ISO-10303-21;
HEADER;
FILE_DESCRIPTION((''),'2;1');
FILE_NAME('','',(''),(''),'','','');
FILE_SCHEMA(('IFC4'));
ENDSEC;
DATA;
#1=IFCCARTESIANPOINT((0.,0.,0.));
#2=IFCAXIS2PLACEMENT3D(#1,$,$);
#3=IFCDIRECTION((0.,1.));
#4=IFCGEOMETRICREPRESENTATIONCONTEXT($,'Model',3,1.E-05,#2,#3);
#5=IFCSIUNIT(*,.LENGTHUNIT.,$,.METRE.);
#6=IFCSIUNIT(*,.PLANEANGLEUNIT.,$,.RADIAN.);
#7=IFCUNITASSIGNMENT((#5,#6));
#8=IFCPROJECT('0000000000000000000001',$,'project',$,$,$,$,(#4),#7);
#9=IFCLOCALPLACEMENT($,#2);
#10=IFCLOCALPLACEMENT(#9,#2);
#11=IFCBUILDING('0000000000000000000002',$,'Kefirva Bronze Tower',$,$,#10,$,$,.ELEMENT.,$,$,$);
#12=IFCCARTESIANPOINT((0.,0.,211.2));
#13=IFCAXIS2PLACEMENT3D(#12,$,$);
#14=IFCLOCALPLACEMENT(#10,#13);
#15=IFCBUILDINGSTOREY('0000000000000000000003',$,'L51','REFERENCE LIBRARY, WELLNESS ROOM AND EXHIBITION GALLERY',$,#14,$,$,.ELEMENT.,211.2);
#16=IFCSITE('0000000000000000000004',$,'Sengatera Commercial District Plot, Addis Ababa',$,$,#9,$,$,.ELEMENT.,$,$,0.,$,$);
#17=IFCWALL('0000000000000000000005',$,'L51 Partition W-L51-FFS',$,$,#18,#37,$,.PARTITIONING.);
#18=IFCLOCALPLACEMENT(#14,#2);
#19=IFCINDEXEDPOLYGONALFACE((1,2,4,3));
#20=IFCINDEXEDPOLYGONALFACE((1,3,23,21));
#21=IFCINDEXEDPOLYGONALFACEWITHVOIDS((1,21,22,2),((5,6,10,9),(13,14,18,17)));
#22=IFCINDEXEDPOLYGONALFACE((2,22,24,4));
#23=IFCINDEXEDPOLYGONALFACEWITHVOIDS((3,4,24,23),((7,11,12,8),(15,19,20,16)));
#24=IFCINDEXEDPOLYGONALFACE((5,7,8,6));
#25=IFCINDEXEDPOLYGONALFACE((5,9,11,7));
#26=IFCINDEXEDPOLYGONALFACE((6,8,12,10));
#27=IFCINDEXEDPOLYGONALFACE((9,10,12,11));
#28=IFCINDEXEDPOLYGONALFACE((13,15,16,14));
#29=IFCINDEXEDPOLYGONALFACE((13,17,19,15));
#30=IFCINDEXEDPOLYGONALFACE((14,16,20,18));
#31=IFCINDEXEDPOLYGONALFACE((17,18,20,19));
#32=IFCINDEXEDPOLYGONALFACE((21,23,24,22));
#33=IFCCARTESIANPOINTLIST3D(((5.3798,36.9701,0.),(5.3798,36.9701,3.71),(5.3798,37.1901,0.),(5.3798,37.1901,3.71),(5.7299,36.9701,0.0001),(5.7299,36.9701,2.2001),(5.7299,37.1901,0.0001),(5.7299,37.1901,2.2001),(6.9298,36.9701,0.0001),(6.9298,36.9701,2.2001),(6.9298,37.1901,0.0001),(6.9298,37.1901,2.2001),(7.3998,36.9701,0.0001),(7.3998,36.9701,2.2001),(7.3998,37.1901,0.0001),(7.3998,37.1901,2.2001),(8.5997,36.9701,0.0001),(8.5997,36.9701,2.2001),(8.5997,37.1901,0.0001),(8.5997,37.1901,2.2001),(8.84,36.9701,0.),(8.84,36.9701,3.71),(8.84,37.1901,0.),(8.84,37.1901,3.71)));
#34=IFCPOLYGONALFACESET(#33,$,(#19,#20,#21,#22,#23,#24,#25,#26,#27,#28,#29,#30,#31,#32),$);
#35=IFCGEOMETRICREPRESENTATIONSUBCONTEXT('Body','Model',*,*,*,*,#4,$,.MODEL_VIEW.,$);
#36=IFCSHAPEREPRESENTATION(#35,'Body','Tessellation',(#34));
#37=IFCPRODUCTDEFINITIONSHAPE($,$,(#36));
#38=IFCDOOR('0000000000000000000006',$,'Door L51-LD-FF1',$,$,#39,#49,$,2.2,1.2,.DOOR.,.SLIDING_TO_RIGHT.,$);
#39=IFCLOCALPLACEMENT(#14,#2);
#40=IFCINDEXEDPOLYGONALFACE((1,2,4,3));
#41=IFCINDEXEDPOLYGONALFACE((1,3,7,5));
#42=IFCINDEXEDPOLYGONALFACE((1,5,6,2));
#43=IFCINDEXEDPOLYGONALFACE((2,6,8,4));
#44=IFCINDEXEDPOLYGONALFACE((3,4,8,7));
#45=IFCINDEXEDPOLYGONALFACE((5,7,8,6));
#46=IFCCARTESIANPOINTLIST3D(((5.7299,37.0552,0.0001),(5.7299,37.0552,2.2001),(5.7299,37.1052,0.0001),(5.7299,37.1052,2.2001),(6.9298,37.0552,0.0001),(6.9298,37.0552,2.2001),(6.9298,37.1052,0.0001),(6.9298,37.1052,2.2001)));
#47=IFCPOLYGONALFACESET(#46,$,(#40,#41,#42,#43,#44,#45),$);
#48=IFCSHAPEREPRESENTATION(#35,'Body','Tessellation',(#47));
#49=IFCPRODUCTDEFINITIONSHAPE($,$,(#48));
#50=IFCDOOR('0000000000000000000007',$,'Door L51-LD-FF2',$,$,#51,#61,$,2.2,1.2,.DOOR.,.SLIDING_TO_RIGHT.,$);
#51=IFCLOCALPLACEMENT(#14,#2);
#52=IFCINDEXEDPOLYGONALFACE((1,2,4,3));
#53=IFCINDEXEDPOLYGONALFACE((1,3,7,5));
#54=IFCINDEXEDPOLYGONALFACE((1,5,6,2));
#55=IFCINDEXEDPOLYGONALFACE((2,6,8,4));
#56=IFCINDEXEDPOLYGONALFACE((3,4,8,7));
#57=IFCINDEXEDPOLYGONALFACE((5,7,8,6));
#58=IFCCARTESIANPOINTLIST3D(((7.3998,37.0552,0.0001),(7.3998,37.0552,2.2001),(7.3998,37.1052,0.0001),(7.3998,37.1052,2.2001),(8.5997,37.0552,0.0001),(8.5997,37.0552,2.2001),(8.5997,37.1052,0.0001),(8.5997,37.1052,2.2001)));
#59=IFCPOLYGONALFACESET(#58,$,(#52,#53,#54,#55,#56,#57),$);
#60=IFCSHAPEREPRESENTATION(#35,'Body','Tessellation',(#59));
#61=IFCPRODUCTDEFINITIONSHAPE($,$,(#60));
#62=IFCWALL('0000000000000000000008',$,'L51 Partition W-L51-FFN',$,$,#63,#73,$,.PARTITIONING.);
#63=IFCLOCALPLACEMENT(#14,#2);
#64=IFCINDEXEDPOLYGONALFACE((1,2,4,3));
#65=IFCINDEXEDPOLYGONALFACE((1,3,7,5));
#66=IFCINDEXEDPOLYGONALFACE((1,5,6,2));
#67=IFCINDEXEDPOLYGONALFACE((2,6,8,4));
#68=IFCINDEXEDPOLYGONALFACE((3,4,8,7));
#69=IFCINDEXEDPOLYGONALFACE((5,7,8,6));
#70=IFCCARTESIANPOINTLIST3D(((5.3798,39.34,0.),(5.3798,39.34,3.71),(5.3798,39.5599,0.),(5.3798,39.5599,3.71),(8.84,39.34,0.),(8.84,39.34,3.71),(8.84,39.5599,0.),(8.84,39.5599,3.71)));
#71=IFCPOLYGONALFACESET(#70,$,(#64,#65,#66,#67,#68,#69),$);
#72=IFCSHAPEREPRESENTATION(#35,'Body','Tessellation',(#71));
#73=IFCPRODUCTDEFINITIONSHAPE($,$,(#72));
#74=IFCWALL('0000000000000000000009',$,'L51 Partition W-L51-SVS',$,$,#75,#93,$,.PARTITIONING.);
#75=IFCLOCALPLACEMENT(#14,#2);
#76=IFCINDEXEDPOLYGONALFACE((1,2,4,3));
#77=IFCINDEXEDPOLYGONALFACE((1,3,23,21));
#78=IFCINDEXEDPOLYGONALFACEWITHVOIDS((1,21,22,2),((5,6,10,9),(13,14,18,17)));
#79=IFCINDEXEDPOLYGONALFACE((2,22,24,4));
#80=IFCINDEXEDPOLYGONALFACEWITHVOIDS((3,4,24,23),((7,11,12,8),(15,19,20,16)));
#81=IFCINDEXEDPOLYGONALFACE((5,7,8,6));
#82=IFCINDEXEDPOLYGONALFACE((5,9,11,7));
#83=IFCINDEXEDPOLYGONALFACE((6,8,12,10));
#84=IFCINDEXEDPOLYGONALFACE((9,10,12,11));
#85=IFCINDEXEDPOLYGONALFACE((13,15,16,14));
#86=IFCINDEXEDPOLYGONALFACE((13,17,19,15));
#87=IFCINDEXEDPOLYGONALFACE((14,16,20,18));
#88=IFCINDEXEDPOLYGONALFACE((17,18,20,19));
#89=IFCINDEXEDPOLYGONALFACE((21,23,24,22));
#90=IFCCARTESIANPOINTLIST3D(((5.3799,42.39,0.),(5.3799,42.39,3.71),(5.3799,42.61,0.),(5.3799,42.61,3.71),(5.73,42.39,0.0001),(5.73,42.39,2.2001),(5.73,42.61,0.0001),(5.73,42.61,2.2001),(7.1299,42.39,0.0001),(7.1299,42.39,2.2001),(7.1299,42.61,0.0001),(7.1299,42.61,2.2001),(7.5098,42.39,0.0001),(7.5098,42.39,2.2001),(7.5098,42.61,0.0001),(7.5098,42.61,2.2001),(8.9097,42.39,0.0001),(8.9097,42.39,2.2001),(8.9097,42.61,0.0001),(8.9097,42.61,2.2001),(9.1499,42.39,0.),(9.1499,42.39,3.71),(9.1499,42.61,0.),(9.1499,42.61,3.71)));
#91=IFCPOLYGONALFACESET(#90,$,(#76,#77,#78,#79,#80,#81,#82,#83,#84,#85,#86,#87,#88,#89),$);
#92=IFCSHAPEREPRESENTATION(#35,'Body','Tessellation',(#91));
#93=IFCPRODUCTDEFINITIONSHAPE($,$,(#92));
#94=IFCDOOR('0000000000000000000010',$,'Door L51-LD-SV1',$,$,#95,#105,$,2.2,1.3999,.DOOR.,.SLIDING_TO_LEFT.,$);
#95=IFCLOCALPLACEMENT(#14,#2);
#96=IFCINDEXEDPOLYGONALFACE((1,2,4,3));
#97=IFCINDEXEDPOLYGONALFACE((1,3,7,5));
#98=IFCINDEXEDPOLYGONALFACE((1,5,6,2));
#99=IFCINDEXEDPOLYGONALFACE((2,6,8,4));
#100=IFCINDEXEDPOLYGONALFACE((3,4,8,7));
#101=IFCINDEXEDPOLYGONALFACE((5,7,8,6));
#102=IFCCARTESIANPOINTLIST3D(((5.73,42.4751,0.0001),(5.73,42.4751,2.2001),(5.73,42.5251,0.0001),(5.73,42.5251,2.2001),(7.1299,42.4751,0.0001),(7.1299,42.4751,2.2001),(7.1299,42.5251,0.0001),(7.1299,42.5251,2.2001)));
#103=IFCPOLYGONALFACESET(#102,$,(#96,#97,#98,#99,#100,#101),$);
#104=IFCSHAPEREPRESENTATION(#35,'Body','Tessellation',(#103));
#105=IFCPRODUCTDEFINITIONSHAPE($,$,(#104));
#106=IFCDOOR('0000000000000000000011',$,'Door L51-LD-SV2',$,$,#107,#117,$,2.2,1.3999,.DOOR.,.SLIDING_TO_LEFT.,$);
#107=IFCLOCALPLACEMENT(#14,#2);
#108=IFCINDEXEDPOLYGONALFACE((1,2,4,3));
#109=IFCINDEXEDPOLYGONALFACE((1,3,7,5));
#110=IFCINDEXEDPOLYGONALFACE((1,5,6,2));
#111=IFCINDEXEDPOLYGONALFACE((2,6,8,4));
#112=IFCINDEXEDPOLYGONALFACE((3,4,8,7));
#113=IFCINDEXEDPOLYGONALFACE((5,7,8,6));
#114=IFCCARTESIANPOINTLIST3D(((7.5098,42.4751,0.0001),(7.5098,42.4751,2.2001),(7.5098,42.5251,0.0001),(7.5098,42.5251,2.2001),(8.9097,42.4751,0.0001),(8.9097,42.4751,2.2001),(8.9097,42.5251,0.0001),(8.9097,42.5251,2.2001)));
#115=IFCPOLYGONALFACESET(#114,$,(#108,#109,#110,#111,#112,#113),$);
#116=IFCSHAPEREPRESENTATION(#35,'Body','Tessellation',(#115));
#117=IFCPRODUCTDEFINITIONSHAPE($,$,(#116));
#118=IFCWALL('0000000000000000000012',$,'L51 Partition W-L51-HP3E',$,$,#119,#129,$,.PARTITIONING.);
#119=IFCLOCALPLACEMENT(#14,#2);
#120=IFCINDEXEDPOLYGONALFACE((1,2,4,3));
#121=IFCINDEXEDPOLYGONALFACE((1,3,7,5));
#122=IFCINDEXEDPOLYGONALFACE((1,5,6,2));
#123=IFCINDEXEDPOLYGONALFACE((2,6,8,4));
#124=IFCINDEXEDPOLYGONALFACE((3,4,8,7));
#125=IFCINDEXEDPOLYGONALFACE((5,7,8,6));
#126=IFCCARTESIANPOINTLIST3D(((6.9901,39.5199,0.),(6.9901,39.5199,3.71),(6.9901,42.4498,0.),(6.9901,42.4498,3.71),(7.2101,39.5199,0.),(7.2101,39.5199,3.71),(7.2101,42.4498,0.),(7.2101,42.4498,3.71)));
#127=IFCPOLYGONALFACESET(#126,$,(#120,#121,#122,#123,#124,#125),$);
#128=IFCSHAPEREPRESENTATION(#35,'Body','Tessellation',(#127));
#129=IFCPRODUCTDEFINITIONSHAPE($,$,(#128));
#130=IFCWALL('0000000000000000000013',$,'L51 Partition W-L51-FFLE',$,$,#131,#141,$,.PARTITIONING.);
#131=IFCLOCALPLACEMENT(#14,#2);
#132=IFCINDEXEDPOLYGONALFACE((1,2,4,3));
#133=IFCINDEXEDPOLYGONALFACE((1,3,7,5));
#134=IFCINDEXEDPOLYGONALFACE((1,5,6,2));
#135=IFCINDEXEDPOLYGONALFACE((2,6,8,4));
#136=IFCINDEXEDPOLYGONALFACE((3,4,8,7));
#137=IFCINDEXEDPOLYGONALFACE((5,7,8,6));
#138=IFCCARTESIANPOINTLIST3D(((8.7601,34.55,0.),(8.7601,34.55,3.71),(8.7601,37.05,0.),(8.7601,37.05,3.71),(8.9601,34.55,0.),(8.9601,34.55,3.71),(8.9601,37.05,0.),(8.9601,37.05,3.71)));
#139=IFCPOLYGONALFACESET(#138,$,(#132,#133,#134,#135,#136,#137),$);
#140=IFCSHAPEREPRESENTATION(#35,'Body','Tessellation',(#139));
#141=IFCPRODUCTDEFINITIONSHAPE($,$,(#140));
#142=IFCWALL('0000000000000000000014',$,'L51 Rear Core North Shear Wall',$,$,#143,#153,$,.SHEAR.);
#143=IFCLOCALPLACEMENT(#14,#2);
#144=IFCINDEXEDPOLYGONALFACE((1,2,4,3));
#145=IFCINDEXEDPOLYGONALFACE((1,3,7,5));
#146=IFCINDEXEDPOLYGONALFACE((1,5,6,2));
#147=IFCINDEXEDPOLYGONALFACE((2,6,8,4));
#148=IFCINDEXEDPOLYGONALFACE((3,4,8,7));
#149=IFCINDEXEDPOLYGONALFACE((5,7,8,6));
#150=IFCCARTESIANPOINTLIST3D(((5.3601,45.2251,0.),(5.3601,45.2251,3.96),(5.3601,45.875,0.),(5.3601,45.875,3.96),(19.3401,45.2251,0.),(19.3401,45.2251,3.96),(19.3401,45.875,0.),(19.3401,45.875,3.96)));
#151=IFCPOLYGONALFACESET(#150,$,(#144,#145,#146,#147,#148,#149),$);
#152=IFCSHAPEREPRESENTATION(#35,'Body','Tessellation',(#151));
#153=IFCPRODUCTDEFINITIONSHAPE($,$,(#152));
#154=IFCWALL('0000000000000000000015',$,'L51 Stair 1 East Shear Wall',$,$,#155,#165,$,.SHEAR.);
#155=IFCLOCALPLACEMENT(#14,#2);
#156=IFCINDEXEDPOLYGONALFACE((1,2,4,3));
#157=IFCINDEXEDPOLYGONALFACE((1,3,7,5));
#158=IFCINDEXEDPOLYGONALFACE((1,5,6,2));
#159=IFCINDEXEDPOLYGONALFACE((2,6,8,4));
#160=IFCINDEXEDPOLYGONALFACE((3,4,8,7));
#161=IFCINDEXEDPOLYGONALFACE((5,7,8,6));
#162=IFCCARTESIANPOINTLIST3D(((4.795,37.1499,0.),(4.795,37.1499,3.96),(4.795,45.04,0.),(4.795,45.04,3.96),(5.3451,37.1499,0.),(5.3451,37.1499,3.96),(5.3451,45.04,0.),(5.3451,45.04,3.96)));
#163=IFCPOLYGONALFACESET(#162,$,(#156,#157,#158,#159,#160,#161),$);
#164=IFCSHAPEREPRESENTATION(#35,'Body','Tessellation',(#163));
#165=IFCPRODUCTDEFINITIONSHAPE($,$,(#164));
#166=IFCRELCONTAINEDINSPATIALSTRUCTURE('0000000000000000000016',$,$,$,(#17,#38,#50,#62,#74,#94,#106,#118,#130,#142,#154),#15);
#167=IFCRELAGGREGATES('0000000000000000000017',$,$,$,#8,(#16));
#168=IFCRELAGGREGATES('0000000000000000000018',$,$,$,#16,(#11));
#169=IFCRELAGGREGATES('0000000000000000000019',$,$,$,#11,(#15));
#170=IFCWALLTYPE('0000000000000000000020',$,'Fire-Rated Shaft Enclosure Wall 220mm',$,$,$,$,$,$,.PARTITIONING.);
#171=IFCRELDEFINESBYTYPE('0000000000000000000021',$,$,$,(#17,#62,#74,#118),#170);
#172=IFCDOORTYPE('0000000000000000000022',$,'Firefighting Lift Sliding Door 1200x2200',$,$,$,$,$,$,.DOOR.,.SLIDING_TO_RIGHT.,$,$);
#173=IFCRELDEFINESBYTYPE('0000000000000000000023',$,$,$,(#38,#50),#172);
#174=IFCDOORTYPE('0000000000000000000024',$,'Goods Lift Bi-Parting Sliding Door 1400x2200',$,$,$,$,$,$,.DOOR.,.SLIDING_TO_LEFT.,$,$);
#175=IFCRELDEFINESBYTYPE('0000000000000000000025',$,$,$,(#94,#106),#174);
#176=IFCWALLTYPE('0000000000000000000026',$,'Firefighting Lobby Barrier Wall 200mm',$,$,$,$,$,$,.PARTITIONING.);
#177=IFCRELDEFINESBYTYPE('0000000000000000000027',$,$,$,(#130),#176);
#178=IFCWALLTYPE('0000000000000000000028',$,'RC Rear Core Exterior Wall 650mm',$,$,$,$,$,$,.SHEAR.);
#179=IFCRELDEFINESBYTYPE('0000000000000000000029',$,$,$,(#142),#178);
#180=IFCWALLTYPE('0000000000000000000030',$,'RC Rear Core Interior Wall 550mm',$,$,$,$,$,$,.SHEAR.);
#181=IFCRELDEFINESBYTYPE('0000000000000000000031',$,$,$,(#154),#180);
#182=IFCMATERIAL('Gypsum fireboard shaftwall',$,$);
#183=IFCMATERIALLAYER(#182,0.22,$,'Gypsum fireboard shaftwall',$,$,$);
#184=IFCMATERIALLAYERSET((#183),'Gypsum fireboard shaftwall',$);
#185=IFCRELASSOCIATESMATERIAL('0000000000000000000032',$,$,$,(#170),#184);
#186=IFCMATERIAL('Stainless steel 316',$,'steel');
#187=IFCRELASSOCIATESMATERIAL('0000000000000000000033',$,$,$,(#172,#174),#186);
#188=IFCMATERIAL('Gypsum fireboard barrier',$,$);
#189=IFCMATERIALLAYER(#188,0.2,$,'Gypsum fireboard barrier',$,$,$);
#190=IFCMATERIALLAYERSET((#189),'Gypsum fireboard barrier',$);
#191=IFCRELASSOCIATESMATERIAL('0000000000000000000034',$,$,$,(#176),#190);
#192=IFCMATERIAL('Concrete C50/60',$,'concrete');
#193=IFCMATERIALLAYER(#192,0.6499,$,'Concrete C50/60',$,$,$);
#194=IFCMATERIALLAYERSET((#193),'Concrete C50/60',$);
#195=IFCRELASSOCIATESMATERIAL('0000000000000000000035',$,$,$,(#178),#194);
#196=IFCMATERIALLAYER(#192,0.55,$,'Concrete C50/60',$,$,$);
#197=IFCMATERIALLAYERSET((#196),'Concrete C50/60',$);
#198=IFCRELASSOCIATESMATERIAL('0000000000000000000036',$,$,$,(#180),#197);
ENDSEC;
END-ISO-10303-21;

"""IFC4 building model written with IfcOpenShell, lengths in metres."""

from ifc_helpers import new_model, si_unit, direction, frame, frame_2d, origin, place, context, subcontext, project, spatial, rectangle, extrude, material, layer, layer_set, type_object, element, fill, save


model = new_model("IFC4")

# Units and contexts
model_context = context("Model", 3, precision=1e-05, world=origin(), true_north=direction((0.0, 1.0)))
body_context = subcontext(model_context, "Body", "Model", "MODEL_VIEW")
ifc_project = project(units=[si_unit("LENGTHUNIT", "METRE"), si_unit("PLANEANGLEUNIT", "RADIAN")], contexts=[model_context])

# Site, building, storey
site_placement = place(None, origin())
site = spatial("IfcSite", under=ifc_project, at=site_placement, Name="Sengatera Commercial District Plot, Addis Ababa", CompositionType="ELEMENT", RefElevation=0.0)
building_placement = place(site_placement, origin())
building = spatial("IfcBuilding", under=site, at=building_placement, Name="Kefirva Bronze Tower", CompositionType="ELEMENT")
storey_placement = place(building_placement, frame((0.0, 0.0, 211.2)))
storey = spatial("IfcBuildingStorey", under=building, at=storey_placement, Name="L51", Description="REFERENCE LIBRARY, WELLNESS ROOM AND EXHIBITION GALLERY", CompositionType="ELEMENT", Elevation=211.2)

# Wall, openings, doors
ifc_material_1 = material(Name="Gypsum fireboard shaftwall")
ifc_layer_1 = layer(ifc_material_1, 0.22, Name="Gypsum fireboard shaftwall")
ifc_layer_set_1 = layer_set([ifc_layer_1], Name="Gypsum fireboard shaftwall")
wall_type_1 = type_object("IfcWallType", Name="Fire-Rated Shaft Enclosure Wall 220mm", PredefinedType="PARTITIONING", material=ifc_layer_set_1)
wall_1_placement = place(storey_placement, frame((5.3799, 37.0801, 0.0), z_axis=(0.0, 0.0, 1.0), x_axis=(1.0, 0.0, 0.0)))
wall_1 = element("IfcWall", 1, at=wall_1_placement, inside=storey, type_object=wall_type_1, Name="L51 Partition W-L51-FFS", PredefinedType="PARTITIONING", context=body_context, shape_type="SweptSolid", body=[
    extrude(rectangle(XDim=3.4602, YDim=0.22, at=frame_2d((1.73, 0.0))), origin(), (0.0, 0.0, 1.0), 3.71),
])
opening_1_placement = place(wall_1_placement, frame((1.55, 0.0, 0.0), z_axis=(0.0, 0.0, 1.0), x_axis=(-1.0, 0.0, 0.0)))
opening_1 = element("IfcOpeningElement", 2, at=opening_1_placement, cuts=wall_1, PredefinedType="OPENING", context=body_context, shape_type="SweptSolid", body=[
    extrude(rectangle(XDim=1.2, YDim=2.2, at=frame_2d((0.6001, 1.1001))), frame((0.0, 0.1201, 0.0), z_axis=(0.0, -1.0, 0.0), x_axis=(1.0, 0.0, 0.0)), (0.0, 0.0, 1.0), 0.24),
])
opening_2_placement = place(wall_1_placement, frame((3.22, 0.0, 0.0), z_axis=(0.0, 0.0, 1.0), x_axis=(-1.0, 0.0, 0.0)))
opening_2 = element("IfcOpeningElement", 3, at=opening_2_placement, cuts=wall_1, PredefinedType="OPENING", context=body_context, shape_type="SweptSolid", body=[
    extrude(rectangle(XDim=1.2, YDim=2.2, at=frame_2d((0.6001, 1.1001))), frame((0.0, 0.1201, 0.0), z_axis=(0.0, -1.0, 0.0), x_axis=(1.0, 0.0, 0.0)), (0.0, 0.0, 1.0), 0.24),
])
ifc_material_2 = material(Name="Stainless steel 316", Category="steel")
door_type_1 = type_object("IfcDoorType", Name="Firefighting Lift Sliding Door 1200x2200", OperationType="SLIDING_TO_RIGHT", PredefinedType="DOOR", material=ifc_material_2)
door_1_placement = place(opening_1_placement, origin())
door_1 = element("IfcDoor", 4, at=door_1_placement, inside=storey, type_object=door_type_1, Name="Door L51-LD-FF1", OperationType="SLIDING_TO_RIGHT", OverallHeight=2.2, OverallWidth=1.2, PredefinedType="DOOR", context=body_context, shape_type="SweptSolid", body=[
    extrude(rectangle(XDim=1.2, YDim=2.2, at=frame_2d((0.6001, 1.1001))), frame((0.0, 0.0249, 0.0), z_axis=(0.0, -1.0, 0.0), x_axis=(1.0, 0.0, 0.0)), (0.0, 0.0, 1.0), 0.05),
])
fill(opening_1, door_1)
door_2_placement = place(opening_2_placement, origin())
door_2 = element("IfcDoor", 5, at=door_2_placement, inside=storey, type_object=door_type_1, Name="Door L51-LD-FF2", OperationType="SLIDING_TO_RIGHT", OverallHeight=2.2, OverallWidth=1.2, PredefinedType="DOOR", context=body_context, shape_type="SweptSolid", body=[
    extrude(rectangle(XDim=1.2, YDim=2.2, at=frame_2d((0.6001, 1.1001))), frame((0.0, 0.0249, 0.0), z_axis=(0.0, -1.0, 0.0), x_axis=(1.0, 0.0, 0.0)), (0.0, 0.0, 1.0), 0.05),
])
fill(opening_2, door_2)

# Wall
wall_2_placement = place(storey_placement, frame((5.3799, 39.45, 0.0), z_axis=(0.0, 0.0, 1.0), x_axis=(1.0, 0.0, 0.0)))
element("IfcWall", 6, at=wall_2_placement, inside=storey, type_object=wall_type_1, Name="L51 Partition W-L51-FFN", PredefinedType="PARTITIONING", context=body_context, shape_type="SweptSolid", body=[
    extrude(rectangle(XDim=3.4602, YDim=0.22, at=frame_2d((1.73, 0.0))), origin(), (0.0, 0.0, 1.0), 3.71),
])

# Wall, openings, doors
wall_3_placement = place(storey_placement, frame((5.3799, 42.5, 0.0), z_axis=(0.0, 0.0, 1.0), x_axis=(1.0, 0.0, 0.0)))
wall_3 = element("IfcWall", 7, at=wall_3_placement, inside=storey, type_object=wall_type_1, Name="L51 Partition W-L51-SVS", PredefinedType="PARTITIONING", context=body_context, shape_type="SweptSolid", body=[
    extrude(rectangle(XDim=3.77, YDim=0.22, at=frame_2d((1.885, 0.0))), origin(), (0.0, 0.0, 1.0), 3.71),
])
opening_3_placement = place(wall_3_placement, frame((1.75, 0.0, 0.0), z_axis=(0.0, 0.0, 1.0), x_axis=(-1.0, 0.0, 0.0)))
opening_3 = element("IfcOpeningElement", 8, at=opening_3_placement, cuts=wall_3, PredefinedType="OPENING", context=body_context, shape_type="SweptSolid", body=[
    extrude(rectangle(XDim=1.3999, YDim=2.2, at=frame_2d((0.7, 1.1001))), frame((0.0, 0.1201, 0.0), z_axis=(0.0, -1.0, 0.0), x_axis=(1.0, 0.0, 0.0)), (0.0, 0.0, 1.0), 0.24),
])
opening_4_placement = place(wall_3_placement, frame((3.5298, 0.0, 0.0), z_axis=(0.0, 0.0, 1.0), x_axis=(-1.0, 0.0, 0.0)))
opening_4 = element("IfcOpeningElement", 9, at=opening_4_placement, cuts=wall_3, PredefinedType="OPENING", context=body_context, shape_type="SweptSolid", body=[
    extrude(rectangle(XDim=1.3999, YDim=2.2, at=frame_2d((0.7, 1.1001))), frame((0.0, 0.1201, 0.0), z_axis=(0.0, -1.0, 0.0), x_axis=(1.0, 0.0, 0.0)), (0.0, 0.0, 1.0), 0.24),
])
door_type_2 = type_object("IfcDoorType", Name="Goods Lift Bi-Parting Sliding Door 1400x2200", OperationType="SLIDING_TO_LEFT", PredefinedType="DOOR", material=ifc_material_2)
door_3_placement = place(opening_3_placement, origin())
door_3 = element("IfcDoor", 10, at=door_3_placement, inside=storey, type_object=door_type_2, Name="Door L51-LD-SV1", OperationType="SLIDING_TO_LEFT", OverallHeight=2.2, OverallWidth=1.3999, PredefinedType="DOOR", context=body_context, shape_type="SweptSolid", body=[
    extrude(rectangle(XDim=1.3999, YDim=2.2, at=frame_2d((0.7, 1.1001))), frame((0.0, 0.0249, 0.0), z_axis=(0.0, -1.0, 0.0), x_axis=(1.0, 0.0, 0.0)), (0.0, 0.0, 1.0), 0.05),
])
fill(opening_3, door_3)
door_4_placement = place(opening_4_placement, origin())
door_4 = element("IfcDoor", 11, at=door_4_placement, inside=storey, type_object=door_type_2, Name="Door L51-LD-SV2", OperationType="SLIDING_TO_LEFT", OverallHeight=2.2, OverallWidth=1.3999, PredefinedType="DOOR", context=body_context, shape_type="SweptSolid", body=[
    extrude(rectangle(XDim=1.3999, YDim=2.2, at=frame_2d((0.7, 1.1001))), frame((0.0, 0.0249, 0.0), z_axis=(0.0, -1.0, 0.0), x_axis=(1.0, 0.0, 0.0)), (0.0, 0.0, 1.0), 0.05),
])
fill(opening_4, door_4)

# Walls
wall_4_placement = place(storey_placement, frame((7.1001, 39.52, 0.0), z_axis=(0.0, 0.0, 1.0), x_axis=(0.0, 1.0, 0.0)))
element("IfcWall", 12, at=wall_4_placement, inside=storey, type_object=wall_type_1, Name="L51 Partition W-L51-HP3E", PredefinedType="PARTITIONING", context=body_context, shape_type="SweptSolid", body=[
    extrude(rectangle(XDim=2.9299, YDim=0.22, at=frame_2d((1.4648, 0.0))), origin(), (0.0, 0.0, 1.0), 3.71),
])
ifc_material_3 = material(Name="Gypsum fireboard barrier")
ifc_layer_2 = layer(ifc_material_3, 0.2, Name="Gypsum fireboard barrier")
ifc_layer_set_2 = layer_set([ifc_layer_2], Name="Gypsum fireboard barrier")
wall_type_2 = type_object("IfcWallType", Name="Firefighting Lobby Barrier Wall 200mm", PredefinedType="PARTITIONING", material=ifc_layer_set_2)
wall_5_placement = place(storey_placement, frame((8.8601, 34.55, 0.0), z_axis=(0.0, 0.0, 1.0), x_axis=(0.0, 1.0, 0.0)))
element("IfcWall", 13, at=wall_5_placement, inside=storey, type_object=wall_type_2, Name="L51 Partition W-L51-FFLE", PredefinedType="PARTITIONING", context=body_context, shape_type="SweptSolid", body=[
    extrude(rectangle(XDim=2.5, YDim=0.2, at=frame_2d((1.25, 0.0))), origin(), (0.0, 0.0, 1.0), 3.71),
])

# Walls
ifc_material_4 = material(Name="Concrete C50/60", Category="concrete")
ifc_layer_3 = layer(ifc_material_4, 0.6499, Name="Concrete C50/60")
ifc_layer_set_3 = layer_set([ifc_layer_3], Name="Concrete C50/60")
wall_type_3 = type_object("IfcWallType", Name="RC Rear Core Exterior Wall 650mm", PredefinedType="SHEAR", material=ifc_layer_set_3)
wall_6_placement = place(storey_placement, frame((5.3601, 45.55, 0.0), z_axis=(0.0, 0.0, 1.0), x_axis=(1.0, 0.0, 0.0)))
element("IfcWall", 14, at=wall_6_placement, inside=storey, type_object=wall_type_3, Name="L51 Rear Core North Shear Wall", PredefinedType="SHEAR", context=body_context, shape_type="SweptSolid", body=[
    extrude(rectangle(XDim=13.98, YDim=0.6499, at=frame_2d((6.99, 0.0))), origin(), (0.0, 0.0, 1.0), 3.96),
])
ifc_layer_4 = layer(ifc_material_4, 0.55, Name="Concrete C50/60")
ifc_layer_set_4 = layer_set([ifc_layer_4], Name="Concrete C50/60")
wall_type_4 = type_object("IfcWallType", Name="RC Rear Core Interior Wall 550mm", PredefinedType="SHEAR", material=ifc_layer_set_4)
wall_7_placement = place(storey_placement, frame((5.0701, 37.1499, 0.0), z_axis=(0.0, 0.0, 1.0), x_axis=(0.0, 1.0, 0.0)))
element("IfcWall", 15, at=wall_7_placement, inside=storey, type_object=wall_type_4, Name="L51 Stair 1 East Shear Wall", PredefinedType="SHEAR", context=body_context, shape_type="SweptSolid", body=[
    extrude(rectangle(XDim=7.8901, YDim=0.55, at=frame_2d((3.9451, 0.0))), origin(), (0.0, 0.0, 1.0), 3.96),
])

save(model, "model.ifc")
